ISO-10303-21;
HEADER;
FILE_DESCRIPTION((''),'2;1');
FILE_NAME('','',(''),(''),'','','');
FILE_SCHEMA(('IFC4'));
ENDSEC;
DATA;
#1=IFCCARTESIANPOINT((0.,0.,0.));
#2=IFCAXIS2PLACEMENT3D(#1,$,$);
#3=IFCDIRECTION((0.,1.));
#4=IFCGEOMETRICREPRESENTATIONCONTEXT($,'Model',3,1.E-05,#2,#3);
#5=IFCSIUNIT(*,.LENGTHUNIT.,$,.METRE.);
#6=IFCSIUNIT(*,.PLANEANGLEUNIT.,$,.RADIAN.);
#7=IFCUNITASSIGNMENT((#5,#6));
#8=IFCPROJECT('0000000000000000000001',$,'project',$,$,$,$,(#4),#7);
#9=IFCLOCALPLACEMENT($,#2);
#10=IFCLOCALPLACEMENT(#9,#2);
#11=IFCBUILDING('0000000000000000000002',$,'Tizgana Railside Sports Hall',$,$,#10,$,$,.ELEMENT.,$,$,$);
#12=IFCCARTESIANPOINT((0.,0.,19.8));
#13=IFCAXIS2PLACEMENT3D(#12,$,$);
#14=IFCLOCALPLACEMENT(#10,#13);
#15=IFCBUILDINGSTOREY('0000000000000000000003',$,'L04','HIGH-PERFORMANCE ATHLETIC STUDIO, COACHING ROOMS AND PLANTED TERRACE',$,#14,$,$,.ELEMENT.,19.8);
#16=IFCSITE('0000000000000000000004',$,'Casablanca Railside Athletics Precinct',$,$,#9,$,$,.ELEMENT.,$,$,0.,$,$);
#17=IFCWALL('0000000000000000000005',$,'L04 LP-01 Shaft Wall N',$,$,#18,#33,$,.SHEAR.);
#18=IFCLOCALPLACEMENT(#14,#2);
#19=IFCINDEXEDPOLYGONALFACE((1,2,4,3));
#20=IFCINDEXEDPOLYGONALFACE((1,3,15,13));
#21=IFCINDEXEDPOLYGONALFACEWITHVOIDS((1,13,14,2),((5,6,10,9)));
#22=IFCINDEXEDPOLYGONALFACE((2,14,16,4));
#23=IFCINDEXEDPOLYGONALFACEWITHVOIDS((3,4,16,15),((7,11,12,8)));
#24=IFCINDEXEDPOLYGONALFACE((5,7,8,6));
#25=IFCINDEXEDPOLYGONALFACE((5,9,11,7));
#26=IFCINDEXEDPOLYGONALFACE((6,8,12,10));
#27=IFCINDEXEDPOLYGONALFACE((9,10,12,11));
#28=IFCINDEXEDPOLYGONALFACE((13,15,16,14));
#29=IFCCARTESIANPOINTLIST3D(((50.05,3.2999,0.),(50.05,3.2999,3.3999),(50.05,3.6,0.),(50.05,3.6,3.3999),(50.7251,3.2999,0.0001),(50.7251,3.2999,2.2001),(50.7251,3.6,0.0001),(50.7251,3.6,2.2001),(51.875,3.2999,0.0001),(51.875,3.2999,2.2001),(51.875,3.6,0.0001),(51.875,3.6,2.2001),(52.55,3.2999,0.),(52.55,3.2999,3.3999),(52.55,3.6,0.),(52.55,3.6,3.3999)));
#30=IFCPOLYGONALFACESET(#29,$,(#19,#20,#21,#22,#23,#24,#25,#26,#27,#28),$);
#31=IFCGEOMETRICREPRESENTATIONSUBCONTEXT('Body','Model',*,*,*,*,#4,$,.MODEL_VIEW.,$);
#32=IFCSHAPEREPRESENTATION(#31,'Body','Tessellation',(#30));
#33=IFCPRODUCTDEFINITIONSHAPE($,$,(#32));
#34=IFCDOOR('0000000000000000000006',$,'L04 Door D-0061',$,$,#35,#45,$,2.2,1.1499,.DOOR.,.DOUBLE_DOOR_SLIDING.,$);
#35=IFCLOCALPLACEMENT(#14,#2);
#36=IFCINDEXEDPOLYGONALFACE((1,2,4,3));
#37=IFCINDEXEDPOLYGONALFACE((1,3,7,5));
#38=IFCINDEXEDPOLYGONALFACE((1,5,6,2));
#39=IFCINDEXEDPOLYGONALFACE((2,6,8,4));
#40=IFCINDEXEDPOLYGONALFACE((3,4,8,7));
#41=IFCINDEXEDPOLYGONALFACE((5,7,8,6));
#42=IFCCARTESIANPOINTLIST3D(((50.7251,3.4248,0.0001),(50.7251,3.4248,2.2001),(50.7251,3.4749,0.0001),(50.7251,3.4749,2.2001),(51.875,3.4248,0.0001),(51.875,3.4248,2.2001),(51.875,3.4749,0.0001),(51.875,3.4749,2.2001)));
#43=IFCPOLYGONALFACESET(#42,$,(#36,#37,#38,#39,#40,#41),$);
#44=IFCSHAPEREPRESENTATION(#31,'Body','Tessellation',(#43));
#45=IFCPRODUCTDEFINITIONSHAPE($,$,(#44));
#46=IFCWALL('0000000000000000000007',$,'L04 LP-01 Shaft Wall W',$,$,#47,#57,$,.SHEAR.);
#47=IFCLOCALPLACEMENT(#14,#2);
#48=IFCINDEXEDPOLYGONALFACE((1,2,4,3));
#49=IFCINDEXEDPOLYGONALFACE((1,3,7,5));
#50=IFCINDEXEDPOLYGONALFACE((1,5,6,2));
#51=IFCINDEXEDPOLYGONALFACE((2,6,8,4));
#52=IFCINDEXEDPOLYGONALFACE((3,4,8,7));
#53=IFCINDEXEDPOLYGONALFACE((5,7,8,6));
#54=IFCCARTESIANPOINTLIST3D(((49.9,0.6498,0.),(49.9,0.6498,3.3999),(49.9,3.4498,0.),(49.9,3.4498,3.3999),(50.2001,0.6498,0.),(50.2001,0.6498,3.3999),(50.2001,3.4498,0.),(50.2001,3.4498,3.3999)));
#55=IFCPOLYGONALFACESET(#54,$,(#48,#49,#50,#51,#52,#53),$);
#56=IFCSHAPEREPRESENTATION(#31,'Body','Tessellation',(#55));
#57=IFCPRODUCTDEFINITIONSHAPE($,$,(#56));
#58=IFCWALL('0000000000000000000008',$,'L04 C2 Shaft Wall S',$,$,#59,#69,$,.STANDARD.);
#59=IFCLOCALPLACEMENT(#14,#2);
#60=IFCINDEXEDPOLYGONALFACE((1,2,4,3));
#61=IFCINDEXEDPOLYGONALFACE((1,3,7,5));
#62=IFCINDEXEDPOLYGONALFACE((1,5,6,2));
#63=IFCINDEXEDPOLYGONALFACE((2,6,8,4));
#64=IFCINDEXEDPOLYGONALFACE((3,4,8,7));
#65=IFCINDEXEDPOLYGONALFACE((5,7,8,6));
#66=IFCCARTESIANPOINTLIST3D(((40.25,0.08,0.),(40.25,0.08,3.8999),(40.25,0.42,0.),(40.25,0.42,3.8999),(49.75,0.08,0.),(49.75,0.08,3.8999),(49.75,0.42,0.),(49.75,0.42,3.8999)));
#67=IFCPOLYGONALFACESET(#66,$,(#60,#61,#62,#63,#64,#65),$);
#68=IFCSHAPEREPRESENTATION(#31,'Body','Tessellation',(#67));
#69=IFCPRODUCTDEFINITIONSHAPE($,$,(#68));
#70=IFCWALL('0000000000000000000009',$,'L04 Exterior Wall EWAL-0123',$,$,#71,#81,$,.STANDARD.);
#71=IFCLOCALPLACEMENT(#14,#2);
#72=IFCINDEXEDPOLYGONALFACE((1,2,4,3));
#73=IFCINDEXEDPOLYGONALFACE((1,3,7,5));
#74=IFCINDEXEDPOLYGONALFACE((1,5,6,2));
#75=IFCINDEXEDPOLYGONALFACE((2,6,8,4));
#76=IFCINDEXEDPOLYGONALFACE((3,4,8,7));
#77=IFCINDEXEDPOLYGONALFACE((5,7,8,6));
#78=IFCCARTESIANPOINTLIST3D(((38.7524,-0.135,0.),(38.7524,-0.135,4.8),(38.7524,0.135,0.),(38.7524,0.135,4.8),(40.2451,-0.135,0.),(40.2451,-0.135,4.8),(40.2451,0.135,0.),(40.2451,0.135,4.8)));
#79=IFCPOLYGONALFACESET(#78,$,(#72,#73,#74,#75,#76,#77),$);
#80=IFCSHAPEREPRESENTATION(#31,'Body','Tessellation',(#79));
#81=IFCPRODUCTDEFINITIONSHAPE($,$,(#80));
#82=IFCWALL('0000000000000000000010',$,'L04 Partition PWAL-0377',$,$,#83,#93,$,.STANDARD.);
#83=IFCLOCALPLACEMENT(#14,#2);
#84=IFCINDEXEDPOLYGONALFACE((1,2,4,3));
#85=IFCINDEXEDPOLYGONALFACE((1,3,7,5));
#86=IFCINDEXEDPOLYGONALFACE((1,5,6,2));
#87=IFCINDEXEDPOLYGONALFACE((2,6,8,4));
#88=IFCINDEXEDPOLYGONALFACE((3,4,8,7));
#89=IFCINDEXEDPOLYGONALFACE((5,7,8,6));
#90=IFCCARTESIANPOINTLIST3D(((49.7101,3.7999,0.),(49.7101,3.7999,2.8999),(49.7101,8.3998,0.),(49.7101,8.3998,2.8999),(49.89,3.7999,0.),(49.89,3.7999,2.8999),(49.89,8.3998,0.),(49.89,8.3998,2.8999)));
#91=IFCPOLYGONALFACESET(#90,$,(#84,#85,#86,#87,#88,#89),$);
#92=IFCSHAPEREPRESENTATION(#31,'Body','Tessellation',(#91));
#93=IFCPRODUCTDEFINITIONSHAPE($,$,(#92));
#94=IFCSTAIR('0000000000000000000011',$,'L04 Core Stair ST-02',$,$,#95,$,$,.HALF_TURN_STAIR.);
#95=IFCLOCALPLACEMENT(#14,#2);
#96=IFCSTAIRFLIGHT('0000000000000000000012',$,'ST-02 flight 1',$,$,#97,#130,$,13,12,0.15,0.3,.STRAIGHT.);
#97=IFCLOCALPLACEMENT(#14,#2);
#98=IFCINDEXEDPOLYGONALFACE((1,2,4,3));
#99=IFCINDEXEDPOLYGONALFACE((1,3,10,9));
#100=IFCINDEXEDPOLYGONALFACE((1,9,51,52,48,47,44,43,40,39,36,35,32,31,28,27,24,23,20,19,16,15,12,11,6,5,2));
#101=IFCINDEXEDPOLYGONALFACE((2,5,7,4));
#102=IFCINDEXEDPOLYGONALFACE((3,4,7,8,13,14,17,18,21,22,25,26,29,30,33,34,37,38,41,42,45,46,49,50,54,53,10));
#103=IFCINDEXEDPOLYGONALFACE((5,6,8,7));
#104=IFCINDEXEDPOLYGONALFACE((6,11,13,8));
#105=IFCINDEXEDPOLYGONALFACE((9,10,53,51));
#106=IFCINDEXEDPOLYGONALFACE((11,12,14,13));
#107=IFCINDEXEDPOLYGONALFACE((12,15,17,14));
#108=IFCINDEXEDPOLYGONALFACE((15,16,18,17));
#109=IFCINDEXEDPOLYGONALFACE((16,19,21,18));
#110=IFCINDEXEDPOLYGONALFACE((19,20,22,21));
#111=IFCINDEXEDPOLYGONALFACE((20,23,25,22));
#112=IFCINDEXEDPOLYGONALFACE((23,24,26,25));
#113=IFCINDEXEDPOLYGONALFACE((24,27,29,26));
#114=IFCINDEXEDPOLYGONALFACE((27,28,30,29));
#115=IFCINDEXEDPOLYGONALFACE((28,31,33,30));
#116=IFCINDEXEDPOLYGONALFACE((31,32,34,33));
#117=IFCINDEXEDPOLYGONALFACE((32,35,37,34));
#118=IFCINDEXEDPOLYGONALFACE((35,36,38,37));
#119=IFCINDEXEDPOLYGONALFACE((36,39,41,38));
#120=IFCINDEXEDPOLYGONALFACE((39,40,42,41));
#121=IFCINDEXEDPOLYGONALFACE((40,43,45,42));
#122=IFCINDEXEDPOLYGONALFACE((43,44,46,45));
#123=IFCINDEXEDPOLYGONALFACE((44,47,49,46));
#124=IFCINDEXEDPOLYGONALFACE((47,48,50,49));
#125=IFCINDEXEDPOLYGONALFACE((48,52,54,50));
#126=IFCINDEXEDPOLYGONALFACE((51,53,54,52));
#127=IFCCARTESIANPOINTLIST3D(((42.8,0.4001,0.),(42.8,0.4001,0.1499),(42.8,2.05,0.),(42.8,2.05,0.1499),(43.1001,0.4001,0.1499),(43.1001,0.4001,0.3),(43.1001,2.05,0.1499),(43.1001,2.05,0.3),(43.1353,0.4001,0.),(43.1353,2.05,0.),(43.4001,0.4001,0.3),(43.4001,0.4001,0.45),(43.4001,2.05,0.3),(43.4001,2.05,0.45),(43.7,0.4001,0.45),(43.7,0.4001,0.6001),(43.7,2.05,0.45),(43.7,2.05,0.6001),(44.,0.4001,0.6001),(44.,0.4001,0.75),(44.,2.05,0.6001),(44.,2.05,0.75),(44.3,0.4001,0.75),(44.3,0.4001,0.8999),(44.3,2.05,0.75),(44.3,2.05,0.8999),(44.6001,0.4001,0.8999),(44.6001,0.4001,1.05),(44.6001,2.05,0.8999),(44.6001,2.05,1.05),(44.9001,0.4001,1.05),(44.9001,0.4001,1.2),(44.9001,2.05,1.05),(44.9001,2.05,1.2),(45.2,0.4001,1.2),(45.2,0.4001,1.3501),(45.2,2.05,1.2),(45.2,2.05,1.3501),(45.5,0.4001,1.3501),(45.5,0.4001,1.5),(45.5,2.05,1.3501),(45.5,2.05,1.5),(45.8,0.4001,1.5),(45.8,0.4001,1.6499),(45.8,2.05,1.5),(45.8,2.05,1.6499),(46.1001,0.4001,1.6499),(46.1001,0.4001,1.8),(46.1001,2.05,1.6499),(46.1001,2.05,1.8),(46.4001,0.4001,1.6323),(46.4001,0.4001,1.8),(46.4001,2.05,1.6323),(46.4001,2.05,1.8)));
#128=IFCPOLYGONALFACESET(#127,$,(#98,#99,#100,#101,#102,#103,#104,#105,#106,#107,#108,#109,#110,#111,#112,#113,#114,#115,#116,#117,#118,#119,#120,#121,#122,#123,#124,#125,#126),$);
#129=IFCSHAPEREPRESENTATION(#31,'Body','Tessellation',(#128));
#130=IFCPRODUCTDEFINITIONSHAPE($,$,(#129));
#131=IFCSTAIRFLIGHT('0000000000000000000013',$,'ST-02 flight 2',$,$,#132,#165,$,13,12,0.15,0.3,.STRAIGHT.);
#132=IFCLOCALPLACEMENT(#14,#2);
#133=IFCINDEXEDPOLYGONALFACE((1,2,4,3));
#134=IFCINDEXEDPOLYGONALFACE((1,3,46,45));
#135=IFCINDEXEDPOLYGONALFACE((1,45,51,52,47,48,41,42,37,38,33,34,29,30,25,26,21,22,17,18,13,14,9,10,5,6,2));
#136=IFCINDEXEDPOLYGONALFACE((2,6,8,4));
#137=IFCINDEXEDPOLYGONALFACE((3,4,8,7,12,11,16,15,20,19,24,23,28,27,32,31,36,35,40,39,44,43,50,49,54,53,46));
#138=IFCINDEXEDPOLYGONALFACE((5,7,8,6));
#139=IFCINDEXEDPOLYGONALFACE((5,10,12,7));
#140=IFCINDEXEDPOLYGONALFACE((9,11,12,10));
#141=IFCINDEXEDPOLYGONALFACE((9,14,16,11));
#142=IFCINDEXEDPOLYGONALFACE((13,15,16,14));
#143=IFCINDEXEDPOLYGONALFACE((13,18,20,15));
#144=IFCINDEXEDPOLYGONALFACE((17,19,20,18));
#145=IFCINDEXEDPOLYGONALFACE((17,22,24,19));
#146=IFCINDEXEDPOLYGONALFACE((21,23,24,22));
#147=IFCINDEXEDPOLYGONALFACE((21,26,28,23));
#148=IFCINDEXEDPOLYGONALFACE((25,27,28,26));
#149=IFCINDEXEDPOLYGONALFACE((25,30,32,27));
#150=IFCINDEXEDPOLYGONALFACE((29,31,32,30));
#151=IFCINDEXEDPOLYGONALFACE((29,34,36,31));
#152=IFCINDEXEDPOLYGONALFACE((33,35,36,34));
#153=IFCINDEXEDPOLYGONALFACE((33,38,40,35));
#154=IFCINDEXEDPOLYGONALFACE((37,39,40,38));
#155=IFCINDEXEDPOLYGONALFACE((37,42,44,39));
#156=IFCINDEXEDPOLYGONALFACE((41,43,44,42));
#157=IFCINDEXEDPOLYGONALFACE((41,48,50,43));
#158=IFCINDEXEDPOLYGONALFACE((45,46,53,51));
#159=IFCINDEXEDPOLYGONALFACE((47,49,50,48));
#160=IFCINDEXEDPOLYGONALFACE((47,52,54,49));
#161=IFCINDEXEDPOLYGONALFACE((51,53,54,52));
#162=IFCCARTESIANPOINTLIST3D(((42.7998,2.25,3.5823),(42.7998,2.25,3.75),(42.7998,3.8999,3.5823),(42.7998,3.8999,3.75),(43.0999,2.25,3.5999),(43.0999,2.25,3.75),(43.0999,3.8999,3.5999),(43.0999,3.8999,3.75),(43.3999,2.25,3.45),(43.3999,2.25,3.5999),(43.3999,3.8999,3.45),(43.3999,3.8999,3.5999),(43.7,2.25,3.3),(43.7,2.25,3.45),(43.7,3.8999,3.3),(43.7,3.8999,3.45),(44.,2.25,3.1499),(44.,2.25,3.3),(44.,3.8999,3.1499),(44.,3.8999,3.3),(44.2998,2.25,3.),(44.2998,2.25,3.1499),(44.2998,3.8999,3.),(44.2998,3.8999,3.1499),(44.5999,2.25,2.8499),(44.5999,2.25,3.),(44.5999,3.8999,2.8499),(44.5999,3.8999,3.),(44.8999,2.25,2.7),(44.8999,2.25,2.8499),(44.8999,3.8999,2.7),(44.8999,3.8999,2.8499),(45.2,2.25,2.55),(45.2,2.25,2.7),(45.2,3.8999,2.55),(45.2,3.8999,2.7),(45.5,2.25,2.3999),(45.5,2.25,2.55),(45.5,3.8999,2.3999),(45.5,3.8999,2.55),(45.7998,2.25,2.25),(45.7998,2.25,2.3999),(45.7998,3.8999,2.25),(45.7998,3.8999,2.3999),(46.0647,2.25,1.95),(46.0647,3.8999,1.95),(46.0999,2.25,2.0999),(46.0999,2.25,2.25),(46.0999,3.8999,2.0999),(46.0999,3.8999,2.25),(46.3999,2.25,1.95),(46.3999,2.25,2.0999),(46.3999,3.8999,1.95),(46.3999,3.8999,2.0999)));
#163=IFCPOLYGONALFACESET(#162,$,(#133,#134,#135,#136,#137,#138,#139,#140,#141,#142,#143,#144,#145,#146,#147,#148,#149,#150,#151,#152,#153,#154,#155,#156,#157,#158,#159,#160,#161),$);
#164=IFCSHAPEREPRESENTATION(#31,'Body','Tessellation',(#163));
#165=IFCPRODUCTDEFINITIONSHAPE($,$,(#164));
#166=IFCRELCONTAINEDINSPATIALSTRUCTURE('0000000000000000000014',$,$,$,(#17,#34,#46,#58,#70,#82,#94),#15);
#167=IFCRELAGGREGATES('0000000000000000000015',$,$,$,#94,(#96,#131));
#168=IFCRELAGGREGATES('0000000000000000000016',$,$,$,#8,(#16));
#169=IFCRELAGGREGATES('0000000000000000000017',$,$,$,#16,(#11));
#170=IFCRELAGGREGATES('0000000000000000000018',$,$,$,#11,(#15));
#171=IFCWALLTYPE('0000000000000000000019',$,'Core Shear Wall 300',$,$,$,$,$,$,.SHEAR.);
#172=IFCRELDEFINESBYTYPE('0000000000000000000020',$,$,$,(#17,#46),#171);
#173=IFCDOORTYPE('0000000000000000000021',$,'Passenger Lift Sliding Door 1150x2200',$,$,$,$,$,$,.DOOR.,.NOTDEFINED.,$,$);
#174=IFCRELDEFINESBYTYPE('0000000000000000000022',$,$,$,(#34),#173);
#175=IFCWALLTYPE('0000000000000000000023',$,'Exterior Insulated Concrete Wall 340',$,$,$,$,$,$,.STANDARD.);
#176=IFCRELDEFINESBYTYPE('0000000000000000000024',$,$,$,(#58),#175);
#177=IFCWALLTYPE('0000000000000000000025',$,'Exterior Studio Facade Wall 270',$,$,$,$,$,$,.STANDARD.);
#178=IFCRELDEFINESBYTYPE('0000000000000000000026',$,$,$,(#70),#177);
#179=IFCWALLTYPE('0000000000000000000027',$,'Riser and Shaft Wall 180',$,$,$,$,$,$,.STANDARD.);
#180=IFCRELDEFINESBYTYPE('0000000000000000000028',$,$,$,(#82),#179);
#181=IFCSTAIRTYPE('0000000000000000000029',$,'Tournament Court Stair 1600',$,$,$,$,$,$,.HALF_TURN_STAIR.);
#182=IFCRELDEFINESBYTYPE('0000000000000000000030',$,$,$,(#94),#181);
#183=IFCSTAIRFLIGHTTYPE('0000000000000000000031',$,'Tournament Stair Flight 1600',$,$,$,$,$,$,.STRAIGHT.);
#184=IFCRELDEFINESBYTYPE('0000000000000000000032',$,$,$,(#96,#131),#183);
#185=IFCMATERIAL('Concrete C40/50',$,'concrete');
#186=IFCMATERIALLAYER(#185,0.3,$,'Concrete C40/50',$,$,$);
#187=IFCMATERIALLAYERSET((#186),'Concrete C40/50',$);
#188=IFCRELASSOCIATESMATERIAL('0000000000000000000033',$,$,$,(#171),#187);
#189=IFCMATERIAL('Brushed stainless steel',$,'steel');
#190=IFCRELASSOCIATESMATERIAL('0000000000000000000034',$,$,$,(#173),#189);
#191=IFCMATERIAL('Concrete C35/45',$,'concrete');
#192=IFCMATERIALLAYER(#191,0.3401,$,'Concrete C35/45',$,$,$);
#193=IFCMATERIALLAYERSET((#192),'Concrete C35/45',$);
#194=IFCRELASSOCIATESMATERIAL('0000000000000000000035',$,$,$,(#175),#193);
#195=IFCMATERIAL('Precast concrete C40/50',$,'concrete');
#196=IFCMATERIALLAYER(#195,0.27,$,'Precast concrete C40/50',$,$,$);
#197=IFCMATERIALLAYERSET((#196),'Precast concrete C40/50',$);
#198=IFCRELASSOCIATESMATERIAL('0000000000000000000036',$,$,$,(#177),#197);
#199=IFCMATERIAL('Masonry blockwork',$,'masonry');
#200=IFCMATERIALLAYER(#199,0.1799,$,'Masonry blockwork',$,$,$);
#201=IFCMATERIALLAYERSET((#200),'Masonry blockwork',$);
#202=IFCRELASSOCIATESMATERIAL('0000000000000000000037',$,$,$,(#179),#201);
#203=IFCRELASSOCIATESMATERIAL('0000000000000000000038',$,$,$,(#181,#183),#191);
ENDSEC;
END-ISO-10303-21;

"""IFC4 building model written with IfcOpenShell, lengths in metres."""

from ifc_helpers import new_model, si_unit, direction, frame, frame_2d, origin, place, context, subcontext, project, spatial, polyline, rectangle, outline, extrude, material, layer, layer_set, type_object, element, fill, aggregate, save


model = new_model("IFC4")

# Units and contexts
model_context = context("Model", 3, precision=1e-05, world=origin(), true_north=direction((0.0, 1.0)))
body_context = subcontext(model_context, "Body", "Model", "MODEL_VIEW")
ifc_project = project(units=[si_unit("LENGTHUNIT", "METRE"), si_unit("PLANEANGLEUNIT", "RADIAN")], contexts=[model_context])

# Site, building, storey
site_placement = place(None, origin())
site = spatial("IfcSite", under=ifc_project, at=site_placement, Name="Casablanca Railside Athletics Precinct", CompositionType="ELEMENT", RefElevation=0.0)
building_placement = place(site_placement, origin())
building = spatial("IfcBuilding", under=site, at=building_placement, Name="Tizgana Railside Sports Hall", CompositionType="ELEMENT")
storey_placement = place(building_placement, frame((0.0, 0.0, 19.8)))
storey = spatial("IfcBuildingStorey", under=building, at=storey_placement, Name="L04", Description="HIGH-PERFORMANCE ATHLETIC STUDIO, COACHING ROOMS AND PLANTED TERRACE", CompositionType="ELEMENT", Elevation=19.8)

# Shared definitions
ifc_material_1 = material(Name="Concrete C35/45", Category="concrete")

# Shared definitions
ifc_material_2 = material(Name="Concrete C40/50", Category="concrete")
ifc_layer_1 = layer(ifc_material_2, 0.3, Name="Concrete C40/50")
ifc_layer_set_1 = layer_set([ifc_layer_1], Name="Concrete C40/50")
wall_type_1 = type_object("IfcWallType", Name="Core Shear Wall 300", PredefinedType="SHEAR", material=ifc_layer_set_1)

# Wall, opening, door
wall_1_placement = place(storey_placement, frame((50.05, 3.45, 0.0), z_axis=(0.0, 0.0, 1.0), x_axis=(1.0, 0.0, 0.0)))
wall_1 = element("IfcWall", 1, at=wall_1_placement, inside=storey, type_object=wall_type_1, Name="L04 LP-01 Shaft Wall N", PredefinedType="SHEAR", context=body_context, shape_type="SweptSolid", body=[
    extrude(rectangle(XDim=2.5, YDim=0.3, at=frame_2d((1.25, 0.0))), origin(), (0.0, 0.0, 1.0), 3.3999),
])
opening_1_placement = place(wall_1_placement, frame((0.675, 0.0, 0.0)))
opening_1 = element("IfcOpeningElement", 2, at=opening_1_placement, cuts=wall_1, PredefinedType="OPENING", context=body_context, shape_type="SweptSolid", body=[
    extrude(rectangle(XDim=1.1499, YDim=2.2, at=frame_2d((0.575, 1.1001))), frame((0.0, 0.1599, 0.0), z_axis=(0.0, -1.0, 0.0), x_axis=(1.0, 0.0, 0.0)), (0.0, 0.0, 1.0), 0.3201),
])
ifc_material_3 = material(Name="Brushed stainless steel", Category="steel")
door_type_1 = type_object("IfcDoorType", Name="Passenger Lift Sliding Door 1150x2200", OperationType="NOTDEFINED", PredefinedType="DOOR", material=ifc_material_3)
door_1_placement = place(opening_1_placement, origin())
door_1 = element("IfcDoor", 3, at=door_1_placement, inside=storey, type_object=door_type_1, Name="L04 Door D-0061", OperationType="DOUBLE_DOOR_SLIDING", OverallHeight=2.2, OverallWidth=1.1499, PredefinedType="DOOR", context=body_context, shape_type="SweptSolid", body=[
    extrude(rectangle(XDim=1.1499, YDim=2.2, at=frame_2d((0.575, 1.1001))), frame((0.0, 0.0249, 0.0), z_axis=(0.0, -1.0, 0.0), x_axis=(1.0, 0.0, 0.0)), (0.0, 0.0, 1.0), 0.05),
])
fill(opening_1, door_1)

# Walls
wall_2_placement = place(storey_placement, frame((50.05, 0.6499, 0.0), z_axis=(0.0, 0.0, 1.0), x_axis=(0.0, 1.0, 0.0)))
element("IfcWall", 4, at=wall_2_placement, inside=storey, type_object=wall_type_1, Name="L04 LP-01 Shaft Wall W", PredefinedType="SHEAR", context=body_context, shape_type="SweptSolid", body=[
    extrude(rectangle(XDim=2.8, YDim=0.3, at=frame_2d((1.3999, 0.0))), origin(), (0.0, 0.0, 1.0), 3.3999),
])
ifc_layer_2 = layer(ifc_material_1, 0.3401, Name="Concrete C35/45")
ifc_layer_set_2 = layer_set([ifc_layer_2], Name="Concrete C35/45")
wall_type_2 = type_object("IfcWallType", Name="Exterior Insulated Concrete Wall 340", PredefinedType="STANDARD", material=ifc_layer_set_2)
wall_3_placement = place(storey_placement, frame((49.75, 0.25, 0.0), z_axis=(0.0, 0.0, 1.0), x_axis=(-1.0, 0.0, 0.0)))
element("IfcWall", 5, at=wall_3_placement, inside=storey, type_object=wall_type_2, Name="L04 C2 Shaft Wall S", PredefinedType="STANDARD", context=body_context, shape_type="SweptSolid", body=[
    extrude(rectangle(XDim=9.5, YDim=0.3401, at=frame_2d((4.75, 0.0))), origin(), (0.0, 0.0, 1.0), 3.8999),
])
ifc_material_4 = material(Name="Precast concrete C40/50", Category="concrete")
ifc_layer_3 = layer(ifc_material_4, 0.27, Name="Precast concrete C40/50")
ifc_layer_set_3 = layer_set([ifc_layer_3], Name="Precast concrete C40/50")
wall_type_3 = type_object("IfcWallType", Name="Exterior Studio Facade Wall 270", PredefinedType="STANDARD", material=ifc_layer_set_3)
wall_4_placement = place(storey_placement, frame((40.2451, 0.0, 0.0), z_axis=(0.0, 0.0, 1.0), x_axis=(-1.0, 0.0, 0.0)))
element("IfcWall", 6, at=wall_4_placement, inside=storey, type_object=wall_type_3, Name="L04 Exterior Wall EWAL-0123", PredefinedType="STANDARD", context=body_context, shape_type="SweptSolid", body=[
    extrude(rectangle(XDim=1.4927, YDim=0.27, at=frame_2d((0.7463, 0.0))), origin(), (0.0, 0.0, 1.0), 4.8),
])
ifc_material_5 = material(Name="Masonry blockwork", Category="masonry")
ifc_layer_4 = layer(ifc_material_5, 0.1799, Name="Masonry blockwork")
ifc_layer_set_4 = layer_set([ifc_layer_4], Name="Masonry blockwork")
wall_type_4 = type_object("IfcWallType", Name="Riser and Shaft Wall 180", PredefinedType="STANDARD", material=ifc_layer_set_4)
wall_5_placement = place(storey_placement, frame((49.8, 3.8, 0.0), z_axis=(0.0, 0.0, 1.0), x_axis=(0.0, 1.0, 0.0)))
element("IfcWall", 7, at=wall_5_placement, inside=storey, type_object=wall_type_4, Name="L04 Partition PWAL-0377", PredefinedType="STANDARD", context=body_context, shape_type="SweptSolid", body=[
    extrude(rectangle(XDim=4.5999, YDim=0.1799, at=frame_2d((2.2998, 0.0))), origin(), (0.0, 0.0, 1.0), 2.8999),
])

# Stair, stair flights
stair_type = type_object("IfcStairType", Name="Tournament Court Stair 1600", PredefinedType="HALF_TURN_STAIR", material=ifc_material_1)
stair_placement = place(storey_placement, origin())
stair = element("IfcStair", 8, at=stair_placement, inside=storey, type_object=stair_type, Name="L04 Core Stair ST-02", PredefinedType="HALF_TURN_STAIR")
stair_flight_type = type_object("IfcStairFlightType", Name="Tournament Stair Flight 1600", PredefinedType="STRAIGHT", material=ifc_material_1)
stair_flight_1_placement = place(storey_placement, frame((42.8, 1.2251, 0.0), z_axis=(0.0, 0.0, 1.0), x_axis=(1.0, 0.0, 0.0)))
stair_flight_1 = element("IfcStairFlight", 9, at=stair_flight_1_placement, type_object=stair_flight_type, Name="ST-02 flight 1", NumberOfRisers=13, NumberOfTreads=12, PredefinedType="STRAIGHT", RiserHeight=0.15, TreadLength=0.3, context=body_context, shape_type="SweptSolid", body=[
    extrude(outline(polyline([(0.0, 0.0), (0.0, 0.1499), (0.3, 0.1499), (0.3, 0.3), (0.6001, 0.3), (0.6001, 0.45), (0.8999, 0.45), (0.8999, 0.6001), (1.2, 0.6001), (1.2, 0.75), (1.5, 0.75), (1.5, 0.8999), (1.8, 0.8999), (1.8, 1.05), (2.1001, 1.05), (2.1001, 1.2), (2.3999, 1.2), (2.3999, 1.3501), (2.7, 1.3501), (2.7, 1.5), (3.0, 1.5), (3.0, 1.6499), (3.3, 1.6499), (3.3, 1.8), (3.6001, 1.8), (3.6001, 1.95), (3.6001, 1.6323), (0.3352, 0.0), (0.0, 0.0)])), frame((0.0, 0.825, 0.0), z_axis=(0.0, -1.0, 0.0), x_axis=(1.0, 0.0, 0.0)), (0.0, 0.0, 1.0), 1.6499),
])
stair_flight_2_placement = place(storey_placement, frame((46.3999, 3.075, 1.95), z_axis=(0.0, 0.0, 1.0), x_axis=(-1.0, 0.0, 0.0)))
stair_flight_2 = element("IfcStairFlight", 10, at=stair_flight_2_placement, type_object=stair_flight_type, Name="ST-02 flight 2", NumberOfRisers=13, NumberOfTreads=12, PredefinedType="STRAIGHT", RiserHeight=0.15, TreadLength=0.3, context=body_context, shape_type="SweptSolid", body=[
    extrude(outline(polyline([(0.0, 0.0), (0.0, 0.1499), (0.3, 0.1499), (0.3, 0.3), (0.6001, 0.3), (0.6001, 0.45), (0.8999, 0.45), (0.8999, 0.6001), (1.2, 0.6001), (1.2, 0.75), (1.5, 0.75), (1.5, 0.8999), (1.8, 0.8999), (1.8, 1.05), (2.1001, 1.05), (2.1001, 1.2), (2.3999, 1.2), (2.3999, 1.3501), (2.7, 1.3501), (2.7, 1.5), (3.0, 1.5), (3.0, 1.6499), (3.3, 1.6499), (3.3, 1.8), (3.6001, 1.8), (3.6001, 1.95), (3.6001, 1.6323), (0.3352, 0.0), (0.0, 0.0)])), frame((0.0, 0.825, 0.0), z_axis=(0.0, -1.0, 0.0), x_axis=(1.0, 0.0, 0.0)), (0.0, 0.0, 1.0), 1.6499),
])
aggregate(stair, [stair_flight_1, stair_flight_2])

save(model, "model.ifc")
